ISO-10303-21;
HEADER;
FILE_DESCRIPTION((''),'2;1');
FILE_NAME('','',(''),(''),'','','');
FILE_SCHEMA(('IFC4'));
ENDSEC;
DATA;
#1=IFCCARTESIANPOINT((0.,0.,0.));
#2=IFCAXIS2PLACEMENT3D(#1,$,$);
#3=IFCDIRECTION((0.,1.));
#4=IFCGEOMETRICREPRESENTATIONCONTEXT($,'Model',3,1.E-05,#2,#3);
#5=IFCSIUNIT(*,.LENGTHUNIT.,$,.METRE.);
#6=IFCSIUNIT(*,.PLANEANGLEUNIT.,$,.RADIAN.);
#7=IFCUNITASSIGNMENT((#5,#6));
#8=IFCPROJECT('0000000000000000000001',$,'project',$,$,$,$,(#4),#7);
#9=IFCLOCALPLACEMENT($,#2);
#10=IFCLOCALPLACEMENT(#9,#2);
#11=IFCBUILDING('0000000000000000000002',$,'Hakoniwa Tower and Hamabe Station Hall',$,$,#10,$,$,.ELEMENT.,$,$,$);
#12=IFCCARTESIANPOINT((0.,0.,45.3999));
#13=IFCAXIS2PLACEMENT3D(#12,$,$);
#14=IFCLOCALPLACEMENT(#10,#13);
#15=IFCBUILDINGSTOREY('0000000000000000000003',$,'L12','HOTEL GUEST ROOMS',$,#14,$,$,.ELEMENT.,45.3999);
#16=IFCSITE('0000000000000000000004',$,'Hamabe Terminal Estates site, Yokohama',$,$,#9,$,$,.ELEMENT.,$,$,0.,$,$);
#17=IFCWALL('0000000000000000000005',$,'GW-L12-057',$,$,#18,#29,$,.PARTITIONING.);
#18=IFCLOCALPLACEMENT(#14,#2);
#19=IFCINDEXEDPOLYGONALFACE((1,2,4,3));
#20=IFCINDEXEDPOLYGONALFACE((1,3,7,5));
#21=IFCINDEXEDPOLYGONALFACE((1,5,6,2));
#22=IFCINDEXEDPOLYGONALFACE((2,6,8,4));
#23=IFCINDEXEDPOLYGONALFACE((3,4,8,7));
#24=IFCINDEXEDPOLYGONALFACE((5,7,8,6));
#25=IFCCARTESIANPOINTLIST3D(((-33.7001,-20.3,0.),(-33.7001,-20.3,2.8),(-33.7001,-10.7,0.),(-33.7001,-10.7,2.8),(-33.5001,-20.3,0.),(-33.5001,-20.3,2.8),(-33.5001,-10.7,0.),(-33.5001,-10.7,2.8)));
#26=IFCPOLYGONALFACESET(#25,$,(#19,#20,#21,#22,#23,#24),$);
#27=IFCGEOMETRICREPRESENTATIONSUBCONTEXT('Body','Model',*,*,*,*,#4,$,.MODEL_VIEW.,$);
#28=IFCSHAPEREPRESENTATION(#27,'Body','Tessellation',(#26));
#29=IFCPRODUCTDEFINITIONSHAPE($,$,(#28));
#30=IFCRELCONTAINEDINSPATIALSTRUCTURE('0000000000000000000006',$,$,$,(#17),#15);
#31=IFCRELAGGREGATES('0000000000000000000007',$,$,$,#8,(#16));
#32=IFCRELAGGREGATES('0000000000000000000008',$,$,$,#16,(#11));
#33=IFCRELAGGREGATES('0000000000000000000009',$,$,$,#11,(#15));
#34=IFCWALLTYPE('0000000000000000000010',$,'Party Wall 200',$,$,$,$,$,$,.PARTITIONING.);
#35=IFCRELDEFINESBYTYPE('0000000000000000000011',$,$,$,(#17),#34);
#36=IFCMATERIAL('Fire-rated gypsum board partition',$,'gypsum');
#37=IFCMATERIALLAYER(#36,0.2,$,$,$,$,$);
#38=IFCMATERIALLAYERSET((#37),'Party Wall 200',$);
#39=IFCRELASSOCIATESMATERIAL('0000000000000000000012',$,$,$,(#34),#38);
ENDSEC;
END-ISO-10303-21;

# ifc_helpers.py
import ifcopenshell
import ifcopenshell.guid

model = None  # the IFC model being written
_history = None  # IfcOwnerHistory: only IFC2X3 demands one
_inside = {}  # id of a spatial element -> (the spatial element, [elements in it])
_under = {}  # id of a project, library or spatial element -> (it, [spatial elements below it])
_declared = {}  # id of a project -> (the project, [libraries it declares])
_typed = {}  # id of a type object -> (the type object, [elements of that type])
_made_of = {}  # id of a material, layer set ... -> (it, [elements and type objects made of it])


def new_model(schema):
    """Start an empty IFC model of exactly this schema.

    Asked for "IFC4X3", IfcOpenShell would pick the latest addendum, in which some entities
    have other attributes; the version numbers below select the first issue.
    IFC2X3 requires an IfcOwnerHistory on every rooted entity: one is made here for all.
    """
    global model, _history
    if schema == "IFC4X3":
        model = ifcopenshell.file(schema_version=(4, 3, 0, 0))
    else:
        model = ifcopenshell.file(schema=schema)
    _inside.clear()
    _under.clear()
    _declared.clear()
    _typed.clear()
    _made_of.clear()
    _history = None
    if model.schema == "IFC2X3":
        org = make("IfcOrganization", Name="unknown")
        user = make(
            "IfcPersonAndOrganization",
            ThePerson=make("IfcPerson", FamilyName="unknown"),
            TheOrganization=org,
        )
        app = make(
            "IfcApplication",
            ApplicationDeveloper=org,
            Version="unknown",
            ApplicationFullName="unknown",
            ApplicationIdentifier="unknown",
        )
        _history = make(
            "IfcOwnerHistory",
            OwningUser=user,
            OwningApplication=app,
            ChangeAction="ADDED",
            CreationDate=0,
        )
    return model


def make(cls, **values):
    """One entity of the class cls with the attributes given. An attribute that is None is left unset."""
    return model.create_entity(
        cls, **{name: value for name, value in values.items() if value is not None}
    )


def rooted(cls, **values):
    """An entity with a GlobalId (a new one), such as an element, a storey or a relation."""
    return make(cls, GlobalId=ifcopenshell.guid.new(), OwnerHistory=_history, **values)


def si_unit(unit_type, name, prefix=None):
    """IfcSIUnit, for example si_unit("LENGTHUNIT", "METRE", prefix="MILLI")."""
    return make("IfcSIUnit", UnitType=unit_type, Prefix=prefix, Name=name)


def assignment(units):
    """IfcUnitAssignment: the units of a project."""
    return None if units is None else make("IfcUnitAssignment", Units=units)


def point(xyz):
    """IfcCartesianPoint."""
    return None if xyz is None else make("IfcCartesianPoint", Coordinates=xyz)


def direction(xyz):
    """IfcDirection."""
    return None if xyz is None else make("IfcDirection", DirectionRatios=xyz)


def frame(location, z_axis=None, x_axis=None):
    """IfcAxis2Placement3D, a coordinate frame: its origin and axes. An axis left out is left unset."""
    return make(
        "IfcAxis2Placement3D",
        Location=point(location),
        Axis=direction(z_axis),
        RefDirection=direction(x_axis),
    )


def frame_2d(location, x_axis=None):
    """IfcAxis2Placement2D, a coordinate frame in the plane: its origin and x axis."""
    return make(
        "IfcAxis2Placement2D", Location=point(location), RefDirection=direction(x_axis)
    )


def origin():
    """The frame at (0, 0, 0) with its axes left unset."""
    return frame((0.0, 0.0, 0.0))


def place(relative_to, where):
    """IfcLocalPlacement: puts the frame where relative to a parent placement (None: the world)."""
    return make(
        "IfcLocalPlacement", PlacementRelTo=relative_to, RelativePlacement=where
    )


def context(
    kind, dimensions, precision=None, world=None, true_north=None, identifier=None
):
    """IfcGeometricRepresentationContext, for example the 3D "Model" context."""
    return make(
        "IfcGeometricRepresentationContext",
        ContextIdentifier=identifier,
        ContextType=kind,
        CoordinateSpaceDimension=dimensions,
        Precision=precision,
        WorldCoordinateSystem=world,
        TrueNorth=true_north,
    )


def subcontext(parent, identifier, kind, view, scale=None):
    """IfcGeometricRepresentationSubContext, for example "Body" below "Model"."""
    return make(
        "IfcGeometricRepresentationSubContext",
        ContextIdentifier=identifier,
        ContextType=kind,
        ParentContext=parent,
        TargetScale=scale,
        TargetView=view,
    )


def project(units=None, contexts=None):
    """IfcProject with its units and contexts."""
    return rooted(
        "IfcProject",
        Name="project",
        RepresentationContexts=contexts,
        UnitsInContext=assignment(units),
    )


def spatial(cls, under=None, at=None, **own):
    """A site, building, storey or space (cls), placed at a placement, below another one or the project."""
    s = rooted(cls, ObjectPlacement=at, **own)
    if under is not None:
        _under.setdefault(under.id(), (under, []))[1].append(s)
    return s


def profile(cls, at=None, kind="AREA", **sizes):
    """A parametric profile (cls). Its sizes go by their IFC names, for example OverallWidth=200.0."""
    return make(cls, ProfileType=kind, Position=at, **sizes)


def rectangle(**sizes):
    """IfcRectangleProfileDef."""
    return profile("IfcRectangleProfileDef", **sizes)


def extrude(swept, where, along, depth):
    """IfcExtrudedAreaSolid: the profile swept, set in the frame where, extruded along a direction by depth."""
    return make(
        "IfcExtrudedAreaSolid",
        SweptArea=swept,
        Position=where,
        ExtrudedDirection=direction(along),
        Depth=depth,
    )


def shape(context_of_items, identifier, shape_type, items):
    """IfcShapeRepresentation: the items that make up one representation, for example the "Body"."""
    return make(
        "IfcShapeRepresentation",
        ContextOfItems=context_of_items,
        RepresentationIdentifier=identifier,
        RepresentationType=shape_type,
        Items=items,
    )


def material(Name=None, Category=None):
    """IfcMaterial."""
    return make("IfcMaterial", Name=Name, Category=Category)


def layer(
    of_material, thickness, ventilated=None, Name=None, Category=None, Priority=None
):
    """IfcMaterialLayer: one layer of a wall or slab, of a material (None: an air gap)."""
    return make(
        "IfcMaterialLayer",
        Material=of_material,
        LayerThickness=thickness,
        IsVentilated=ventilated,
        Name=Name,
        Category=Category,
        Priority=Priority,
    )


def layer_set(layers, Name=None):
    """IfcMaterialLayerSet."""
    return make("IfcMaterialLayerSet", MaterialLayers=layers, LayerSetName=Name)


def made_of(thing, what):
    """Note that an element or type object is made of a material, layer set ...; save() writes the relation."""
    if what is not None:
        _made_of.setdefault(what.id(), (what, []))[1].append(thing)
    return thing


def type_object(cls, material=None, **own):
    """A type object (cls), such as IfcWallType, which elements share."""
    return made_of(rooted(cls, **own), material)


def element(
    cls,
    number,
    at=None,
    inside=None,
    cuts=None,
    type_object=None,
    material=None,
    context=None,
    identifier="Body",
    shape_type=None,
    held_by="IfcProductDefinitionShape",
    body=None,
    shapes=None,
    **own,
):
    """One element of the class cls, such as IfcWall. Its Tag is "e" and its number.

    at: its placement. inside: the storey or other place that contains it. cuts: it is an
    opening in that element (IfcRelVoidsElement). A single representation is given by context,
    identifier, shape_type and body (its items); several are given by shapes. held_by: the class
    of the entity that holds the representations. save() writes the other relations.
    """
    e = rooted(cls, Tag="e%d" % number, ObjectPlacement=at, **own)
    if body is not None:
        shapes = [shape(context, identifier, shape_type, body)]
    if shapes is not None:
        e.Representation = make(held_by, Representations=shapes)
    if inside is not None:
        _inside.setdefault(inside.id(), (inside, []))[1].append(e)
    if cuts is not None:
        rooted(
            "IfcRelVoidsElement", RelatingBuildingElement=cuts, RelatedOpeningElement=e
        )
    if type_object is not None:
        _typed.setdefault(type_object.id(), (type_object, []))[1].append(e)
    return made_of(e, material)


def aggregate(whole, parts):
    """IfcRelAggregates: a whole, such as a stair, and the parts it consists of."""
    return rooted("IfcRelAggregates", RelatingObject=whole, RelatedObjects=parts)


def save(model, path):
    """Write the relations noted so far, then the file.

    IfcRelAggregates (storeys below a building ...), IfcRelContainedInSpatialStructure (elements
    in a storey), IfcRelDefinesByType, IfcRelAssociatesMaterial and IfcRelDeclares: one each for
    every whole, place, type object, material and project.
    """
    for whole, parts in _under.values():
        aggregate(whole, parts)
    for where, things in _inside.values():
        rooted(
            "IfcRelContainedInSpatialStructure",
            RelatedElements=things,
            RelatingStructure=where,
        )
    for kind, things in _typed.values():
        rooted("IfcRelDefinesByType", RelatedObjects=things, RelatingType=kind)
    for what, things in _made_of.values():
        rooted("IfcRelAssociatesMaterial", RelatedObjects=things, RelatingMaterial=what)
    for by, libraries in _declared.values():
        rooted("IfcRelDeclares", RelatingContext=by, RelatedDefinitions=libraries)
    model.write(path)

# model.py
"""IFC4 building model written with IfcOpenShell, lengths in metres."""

from ifc_helpers import new_model, si_unit, direction, frame, frame_2d, origin, place, context, subcontext, project, spatial, rectangle, extrude, material, layer, layer_set, type_object, element, save


model = new_model("IFC4")

# Units and contexts
model_context = context("Model", 3, precision=1e-05, world=origin(), true_north=direction((0.0, 1.0)))
body_context = subcontext(model_context, "Body", "Model", "MODEL_VIEW")
ifc_project = project(units=[si_unit("LENGTHUNIT", "METRE"), si_unit("PLANEANGLEUNIT", "RADIAN")], contexts=[model_context])

# Site, building, storey
site_placement = place(None, origin())
site = spatial("IfcSite", under=ifc_project, at=site_placement, Name="Hamabe Terminal Estates site, Yokohama", CompositionType="ELEMENT", RefElevation=0.0)
building_placement = place(site_placement, origin())
building = spatial("IfcBuilding", under=site, at=building_placement, Name="Hakoniwa Tower and Hamabe Station Hall", CompositionType="ELEMENT")
storey_placement = place(building_placement, frame((0.0, 0.0, 45.3999)))
storey = spatial("IfcBuildingStorey", under=building, at=storey_placement, Name="L12", Description="HOTEL GUEST ROOMS", CompositionType="ELEMENT", Elevation=45.3999)

# Wall
ifc_material_1 = material(Name="Fire-rated gypsum board partition", Category="gypsum")
ifc_layer_1 = layer(ifc_material_1, 0.2)
ifc_layer_set_1 = layer_set([ifc_layer_1], Name="Party Wall 200")
wall_type_1 = type_object("IfcWallType", Name="Party Wall 200", PredefinedType="PARTITIONING", material=ifc_layer_set_1)
for number, where, z_axis, x_axis, name in (
    (1, (-33.6001, -20.3, 0.0), (0.0, 0.0, 1.0), (0.0, 1.0, 0.0), "GW-L12-057"),
):
    element("IfcWall", number, at=place(storey_placement, frame(where, z_axis=z_axis, x_axis=x_axis)), inside=storey, type_object=wall_type_1, Name=name, PredefinedType="PARTITIONING", context=body_context, shape_type="SweptSolid", body=[
        extrude(rectangle(XDim=9.6001, YDim=0.2, at=frame_2d((4.8, 0.0))), origin(), (0.0, 0.0, 1.0), 2.8),
    ])

save(model, "model.ifc")
